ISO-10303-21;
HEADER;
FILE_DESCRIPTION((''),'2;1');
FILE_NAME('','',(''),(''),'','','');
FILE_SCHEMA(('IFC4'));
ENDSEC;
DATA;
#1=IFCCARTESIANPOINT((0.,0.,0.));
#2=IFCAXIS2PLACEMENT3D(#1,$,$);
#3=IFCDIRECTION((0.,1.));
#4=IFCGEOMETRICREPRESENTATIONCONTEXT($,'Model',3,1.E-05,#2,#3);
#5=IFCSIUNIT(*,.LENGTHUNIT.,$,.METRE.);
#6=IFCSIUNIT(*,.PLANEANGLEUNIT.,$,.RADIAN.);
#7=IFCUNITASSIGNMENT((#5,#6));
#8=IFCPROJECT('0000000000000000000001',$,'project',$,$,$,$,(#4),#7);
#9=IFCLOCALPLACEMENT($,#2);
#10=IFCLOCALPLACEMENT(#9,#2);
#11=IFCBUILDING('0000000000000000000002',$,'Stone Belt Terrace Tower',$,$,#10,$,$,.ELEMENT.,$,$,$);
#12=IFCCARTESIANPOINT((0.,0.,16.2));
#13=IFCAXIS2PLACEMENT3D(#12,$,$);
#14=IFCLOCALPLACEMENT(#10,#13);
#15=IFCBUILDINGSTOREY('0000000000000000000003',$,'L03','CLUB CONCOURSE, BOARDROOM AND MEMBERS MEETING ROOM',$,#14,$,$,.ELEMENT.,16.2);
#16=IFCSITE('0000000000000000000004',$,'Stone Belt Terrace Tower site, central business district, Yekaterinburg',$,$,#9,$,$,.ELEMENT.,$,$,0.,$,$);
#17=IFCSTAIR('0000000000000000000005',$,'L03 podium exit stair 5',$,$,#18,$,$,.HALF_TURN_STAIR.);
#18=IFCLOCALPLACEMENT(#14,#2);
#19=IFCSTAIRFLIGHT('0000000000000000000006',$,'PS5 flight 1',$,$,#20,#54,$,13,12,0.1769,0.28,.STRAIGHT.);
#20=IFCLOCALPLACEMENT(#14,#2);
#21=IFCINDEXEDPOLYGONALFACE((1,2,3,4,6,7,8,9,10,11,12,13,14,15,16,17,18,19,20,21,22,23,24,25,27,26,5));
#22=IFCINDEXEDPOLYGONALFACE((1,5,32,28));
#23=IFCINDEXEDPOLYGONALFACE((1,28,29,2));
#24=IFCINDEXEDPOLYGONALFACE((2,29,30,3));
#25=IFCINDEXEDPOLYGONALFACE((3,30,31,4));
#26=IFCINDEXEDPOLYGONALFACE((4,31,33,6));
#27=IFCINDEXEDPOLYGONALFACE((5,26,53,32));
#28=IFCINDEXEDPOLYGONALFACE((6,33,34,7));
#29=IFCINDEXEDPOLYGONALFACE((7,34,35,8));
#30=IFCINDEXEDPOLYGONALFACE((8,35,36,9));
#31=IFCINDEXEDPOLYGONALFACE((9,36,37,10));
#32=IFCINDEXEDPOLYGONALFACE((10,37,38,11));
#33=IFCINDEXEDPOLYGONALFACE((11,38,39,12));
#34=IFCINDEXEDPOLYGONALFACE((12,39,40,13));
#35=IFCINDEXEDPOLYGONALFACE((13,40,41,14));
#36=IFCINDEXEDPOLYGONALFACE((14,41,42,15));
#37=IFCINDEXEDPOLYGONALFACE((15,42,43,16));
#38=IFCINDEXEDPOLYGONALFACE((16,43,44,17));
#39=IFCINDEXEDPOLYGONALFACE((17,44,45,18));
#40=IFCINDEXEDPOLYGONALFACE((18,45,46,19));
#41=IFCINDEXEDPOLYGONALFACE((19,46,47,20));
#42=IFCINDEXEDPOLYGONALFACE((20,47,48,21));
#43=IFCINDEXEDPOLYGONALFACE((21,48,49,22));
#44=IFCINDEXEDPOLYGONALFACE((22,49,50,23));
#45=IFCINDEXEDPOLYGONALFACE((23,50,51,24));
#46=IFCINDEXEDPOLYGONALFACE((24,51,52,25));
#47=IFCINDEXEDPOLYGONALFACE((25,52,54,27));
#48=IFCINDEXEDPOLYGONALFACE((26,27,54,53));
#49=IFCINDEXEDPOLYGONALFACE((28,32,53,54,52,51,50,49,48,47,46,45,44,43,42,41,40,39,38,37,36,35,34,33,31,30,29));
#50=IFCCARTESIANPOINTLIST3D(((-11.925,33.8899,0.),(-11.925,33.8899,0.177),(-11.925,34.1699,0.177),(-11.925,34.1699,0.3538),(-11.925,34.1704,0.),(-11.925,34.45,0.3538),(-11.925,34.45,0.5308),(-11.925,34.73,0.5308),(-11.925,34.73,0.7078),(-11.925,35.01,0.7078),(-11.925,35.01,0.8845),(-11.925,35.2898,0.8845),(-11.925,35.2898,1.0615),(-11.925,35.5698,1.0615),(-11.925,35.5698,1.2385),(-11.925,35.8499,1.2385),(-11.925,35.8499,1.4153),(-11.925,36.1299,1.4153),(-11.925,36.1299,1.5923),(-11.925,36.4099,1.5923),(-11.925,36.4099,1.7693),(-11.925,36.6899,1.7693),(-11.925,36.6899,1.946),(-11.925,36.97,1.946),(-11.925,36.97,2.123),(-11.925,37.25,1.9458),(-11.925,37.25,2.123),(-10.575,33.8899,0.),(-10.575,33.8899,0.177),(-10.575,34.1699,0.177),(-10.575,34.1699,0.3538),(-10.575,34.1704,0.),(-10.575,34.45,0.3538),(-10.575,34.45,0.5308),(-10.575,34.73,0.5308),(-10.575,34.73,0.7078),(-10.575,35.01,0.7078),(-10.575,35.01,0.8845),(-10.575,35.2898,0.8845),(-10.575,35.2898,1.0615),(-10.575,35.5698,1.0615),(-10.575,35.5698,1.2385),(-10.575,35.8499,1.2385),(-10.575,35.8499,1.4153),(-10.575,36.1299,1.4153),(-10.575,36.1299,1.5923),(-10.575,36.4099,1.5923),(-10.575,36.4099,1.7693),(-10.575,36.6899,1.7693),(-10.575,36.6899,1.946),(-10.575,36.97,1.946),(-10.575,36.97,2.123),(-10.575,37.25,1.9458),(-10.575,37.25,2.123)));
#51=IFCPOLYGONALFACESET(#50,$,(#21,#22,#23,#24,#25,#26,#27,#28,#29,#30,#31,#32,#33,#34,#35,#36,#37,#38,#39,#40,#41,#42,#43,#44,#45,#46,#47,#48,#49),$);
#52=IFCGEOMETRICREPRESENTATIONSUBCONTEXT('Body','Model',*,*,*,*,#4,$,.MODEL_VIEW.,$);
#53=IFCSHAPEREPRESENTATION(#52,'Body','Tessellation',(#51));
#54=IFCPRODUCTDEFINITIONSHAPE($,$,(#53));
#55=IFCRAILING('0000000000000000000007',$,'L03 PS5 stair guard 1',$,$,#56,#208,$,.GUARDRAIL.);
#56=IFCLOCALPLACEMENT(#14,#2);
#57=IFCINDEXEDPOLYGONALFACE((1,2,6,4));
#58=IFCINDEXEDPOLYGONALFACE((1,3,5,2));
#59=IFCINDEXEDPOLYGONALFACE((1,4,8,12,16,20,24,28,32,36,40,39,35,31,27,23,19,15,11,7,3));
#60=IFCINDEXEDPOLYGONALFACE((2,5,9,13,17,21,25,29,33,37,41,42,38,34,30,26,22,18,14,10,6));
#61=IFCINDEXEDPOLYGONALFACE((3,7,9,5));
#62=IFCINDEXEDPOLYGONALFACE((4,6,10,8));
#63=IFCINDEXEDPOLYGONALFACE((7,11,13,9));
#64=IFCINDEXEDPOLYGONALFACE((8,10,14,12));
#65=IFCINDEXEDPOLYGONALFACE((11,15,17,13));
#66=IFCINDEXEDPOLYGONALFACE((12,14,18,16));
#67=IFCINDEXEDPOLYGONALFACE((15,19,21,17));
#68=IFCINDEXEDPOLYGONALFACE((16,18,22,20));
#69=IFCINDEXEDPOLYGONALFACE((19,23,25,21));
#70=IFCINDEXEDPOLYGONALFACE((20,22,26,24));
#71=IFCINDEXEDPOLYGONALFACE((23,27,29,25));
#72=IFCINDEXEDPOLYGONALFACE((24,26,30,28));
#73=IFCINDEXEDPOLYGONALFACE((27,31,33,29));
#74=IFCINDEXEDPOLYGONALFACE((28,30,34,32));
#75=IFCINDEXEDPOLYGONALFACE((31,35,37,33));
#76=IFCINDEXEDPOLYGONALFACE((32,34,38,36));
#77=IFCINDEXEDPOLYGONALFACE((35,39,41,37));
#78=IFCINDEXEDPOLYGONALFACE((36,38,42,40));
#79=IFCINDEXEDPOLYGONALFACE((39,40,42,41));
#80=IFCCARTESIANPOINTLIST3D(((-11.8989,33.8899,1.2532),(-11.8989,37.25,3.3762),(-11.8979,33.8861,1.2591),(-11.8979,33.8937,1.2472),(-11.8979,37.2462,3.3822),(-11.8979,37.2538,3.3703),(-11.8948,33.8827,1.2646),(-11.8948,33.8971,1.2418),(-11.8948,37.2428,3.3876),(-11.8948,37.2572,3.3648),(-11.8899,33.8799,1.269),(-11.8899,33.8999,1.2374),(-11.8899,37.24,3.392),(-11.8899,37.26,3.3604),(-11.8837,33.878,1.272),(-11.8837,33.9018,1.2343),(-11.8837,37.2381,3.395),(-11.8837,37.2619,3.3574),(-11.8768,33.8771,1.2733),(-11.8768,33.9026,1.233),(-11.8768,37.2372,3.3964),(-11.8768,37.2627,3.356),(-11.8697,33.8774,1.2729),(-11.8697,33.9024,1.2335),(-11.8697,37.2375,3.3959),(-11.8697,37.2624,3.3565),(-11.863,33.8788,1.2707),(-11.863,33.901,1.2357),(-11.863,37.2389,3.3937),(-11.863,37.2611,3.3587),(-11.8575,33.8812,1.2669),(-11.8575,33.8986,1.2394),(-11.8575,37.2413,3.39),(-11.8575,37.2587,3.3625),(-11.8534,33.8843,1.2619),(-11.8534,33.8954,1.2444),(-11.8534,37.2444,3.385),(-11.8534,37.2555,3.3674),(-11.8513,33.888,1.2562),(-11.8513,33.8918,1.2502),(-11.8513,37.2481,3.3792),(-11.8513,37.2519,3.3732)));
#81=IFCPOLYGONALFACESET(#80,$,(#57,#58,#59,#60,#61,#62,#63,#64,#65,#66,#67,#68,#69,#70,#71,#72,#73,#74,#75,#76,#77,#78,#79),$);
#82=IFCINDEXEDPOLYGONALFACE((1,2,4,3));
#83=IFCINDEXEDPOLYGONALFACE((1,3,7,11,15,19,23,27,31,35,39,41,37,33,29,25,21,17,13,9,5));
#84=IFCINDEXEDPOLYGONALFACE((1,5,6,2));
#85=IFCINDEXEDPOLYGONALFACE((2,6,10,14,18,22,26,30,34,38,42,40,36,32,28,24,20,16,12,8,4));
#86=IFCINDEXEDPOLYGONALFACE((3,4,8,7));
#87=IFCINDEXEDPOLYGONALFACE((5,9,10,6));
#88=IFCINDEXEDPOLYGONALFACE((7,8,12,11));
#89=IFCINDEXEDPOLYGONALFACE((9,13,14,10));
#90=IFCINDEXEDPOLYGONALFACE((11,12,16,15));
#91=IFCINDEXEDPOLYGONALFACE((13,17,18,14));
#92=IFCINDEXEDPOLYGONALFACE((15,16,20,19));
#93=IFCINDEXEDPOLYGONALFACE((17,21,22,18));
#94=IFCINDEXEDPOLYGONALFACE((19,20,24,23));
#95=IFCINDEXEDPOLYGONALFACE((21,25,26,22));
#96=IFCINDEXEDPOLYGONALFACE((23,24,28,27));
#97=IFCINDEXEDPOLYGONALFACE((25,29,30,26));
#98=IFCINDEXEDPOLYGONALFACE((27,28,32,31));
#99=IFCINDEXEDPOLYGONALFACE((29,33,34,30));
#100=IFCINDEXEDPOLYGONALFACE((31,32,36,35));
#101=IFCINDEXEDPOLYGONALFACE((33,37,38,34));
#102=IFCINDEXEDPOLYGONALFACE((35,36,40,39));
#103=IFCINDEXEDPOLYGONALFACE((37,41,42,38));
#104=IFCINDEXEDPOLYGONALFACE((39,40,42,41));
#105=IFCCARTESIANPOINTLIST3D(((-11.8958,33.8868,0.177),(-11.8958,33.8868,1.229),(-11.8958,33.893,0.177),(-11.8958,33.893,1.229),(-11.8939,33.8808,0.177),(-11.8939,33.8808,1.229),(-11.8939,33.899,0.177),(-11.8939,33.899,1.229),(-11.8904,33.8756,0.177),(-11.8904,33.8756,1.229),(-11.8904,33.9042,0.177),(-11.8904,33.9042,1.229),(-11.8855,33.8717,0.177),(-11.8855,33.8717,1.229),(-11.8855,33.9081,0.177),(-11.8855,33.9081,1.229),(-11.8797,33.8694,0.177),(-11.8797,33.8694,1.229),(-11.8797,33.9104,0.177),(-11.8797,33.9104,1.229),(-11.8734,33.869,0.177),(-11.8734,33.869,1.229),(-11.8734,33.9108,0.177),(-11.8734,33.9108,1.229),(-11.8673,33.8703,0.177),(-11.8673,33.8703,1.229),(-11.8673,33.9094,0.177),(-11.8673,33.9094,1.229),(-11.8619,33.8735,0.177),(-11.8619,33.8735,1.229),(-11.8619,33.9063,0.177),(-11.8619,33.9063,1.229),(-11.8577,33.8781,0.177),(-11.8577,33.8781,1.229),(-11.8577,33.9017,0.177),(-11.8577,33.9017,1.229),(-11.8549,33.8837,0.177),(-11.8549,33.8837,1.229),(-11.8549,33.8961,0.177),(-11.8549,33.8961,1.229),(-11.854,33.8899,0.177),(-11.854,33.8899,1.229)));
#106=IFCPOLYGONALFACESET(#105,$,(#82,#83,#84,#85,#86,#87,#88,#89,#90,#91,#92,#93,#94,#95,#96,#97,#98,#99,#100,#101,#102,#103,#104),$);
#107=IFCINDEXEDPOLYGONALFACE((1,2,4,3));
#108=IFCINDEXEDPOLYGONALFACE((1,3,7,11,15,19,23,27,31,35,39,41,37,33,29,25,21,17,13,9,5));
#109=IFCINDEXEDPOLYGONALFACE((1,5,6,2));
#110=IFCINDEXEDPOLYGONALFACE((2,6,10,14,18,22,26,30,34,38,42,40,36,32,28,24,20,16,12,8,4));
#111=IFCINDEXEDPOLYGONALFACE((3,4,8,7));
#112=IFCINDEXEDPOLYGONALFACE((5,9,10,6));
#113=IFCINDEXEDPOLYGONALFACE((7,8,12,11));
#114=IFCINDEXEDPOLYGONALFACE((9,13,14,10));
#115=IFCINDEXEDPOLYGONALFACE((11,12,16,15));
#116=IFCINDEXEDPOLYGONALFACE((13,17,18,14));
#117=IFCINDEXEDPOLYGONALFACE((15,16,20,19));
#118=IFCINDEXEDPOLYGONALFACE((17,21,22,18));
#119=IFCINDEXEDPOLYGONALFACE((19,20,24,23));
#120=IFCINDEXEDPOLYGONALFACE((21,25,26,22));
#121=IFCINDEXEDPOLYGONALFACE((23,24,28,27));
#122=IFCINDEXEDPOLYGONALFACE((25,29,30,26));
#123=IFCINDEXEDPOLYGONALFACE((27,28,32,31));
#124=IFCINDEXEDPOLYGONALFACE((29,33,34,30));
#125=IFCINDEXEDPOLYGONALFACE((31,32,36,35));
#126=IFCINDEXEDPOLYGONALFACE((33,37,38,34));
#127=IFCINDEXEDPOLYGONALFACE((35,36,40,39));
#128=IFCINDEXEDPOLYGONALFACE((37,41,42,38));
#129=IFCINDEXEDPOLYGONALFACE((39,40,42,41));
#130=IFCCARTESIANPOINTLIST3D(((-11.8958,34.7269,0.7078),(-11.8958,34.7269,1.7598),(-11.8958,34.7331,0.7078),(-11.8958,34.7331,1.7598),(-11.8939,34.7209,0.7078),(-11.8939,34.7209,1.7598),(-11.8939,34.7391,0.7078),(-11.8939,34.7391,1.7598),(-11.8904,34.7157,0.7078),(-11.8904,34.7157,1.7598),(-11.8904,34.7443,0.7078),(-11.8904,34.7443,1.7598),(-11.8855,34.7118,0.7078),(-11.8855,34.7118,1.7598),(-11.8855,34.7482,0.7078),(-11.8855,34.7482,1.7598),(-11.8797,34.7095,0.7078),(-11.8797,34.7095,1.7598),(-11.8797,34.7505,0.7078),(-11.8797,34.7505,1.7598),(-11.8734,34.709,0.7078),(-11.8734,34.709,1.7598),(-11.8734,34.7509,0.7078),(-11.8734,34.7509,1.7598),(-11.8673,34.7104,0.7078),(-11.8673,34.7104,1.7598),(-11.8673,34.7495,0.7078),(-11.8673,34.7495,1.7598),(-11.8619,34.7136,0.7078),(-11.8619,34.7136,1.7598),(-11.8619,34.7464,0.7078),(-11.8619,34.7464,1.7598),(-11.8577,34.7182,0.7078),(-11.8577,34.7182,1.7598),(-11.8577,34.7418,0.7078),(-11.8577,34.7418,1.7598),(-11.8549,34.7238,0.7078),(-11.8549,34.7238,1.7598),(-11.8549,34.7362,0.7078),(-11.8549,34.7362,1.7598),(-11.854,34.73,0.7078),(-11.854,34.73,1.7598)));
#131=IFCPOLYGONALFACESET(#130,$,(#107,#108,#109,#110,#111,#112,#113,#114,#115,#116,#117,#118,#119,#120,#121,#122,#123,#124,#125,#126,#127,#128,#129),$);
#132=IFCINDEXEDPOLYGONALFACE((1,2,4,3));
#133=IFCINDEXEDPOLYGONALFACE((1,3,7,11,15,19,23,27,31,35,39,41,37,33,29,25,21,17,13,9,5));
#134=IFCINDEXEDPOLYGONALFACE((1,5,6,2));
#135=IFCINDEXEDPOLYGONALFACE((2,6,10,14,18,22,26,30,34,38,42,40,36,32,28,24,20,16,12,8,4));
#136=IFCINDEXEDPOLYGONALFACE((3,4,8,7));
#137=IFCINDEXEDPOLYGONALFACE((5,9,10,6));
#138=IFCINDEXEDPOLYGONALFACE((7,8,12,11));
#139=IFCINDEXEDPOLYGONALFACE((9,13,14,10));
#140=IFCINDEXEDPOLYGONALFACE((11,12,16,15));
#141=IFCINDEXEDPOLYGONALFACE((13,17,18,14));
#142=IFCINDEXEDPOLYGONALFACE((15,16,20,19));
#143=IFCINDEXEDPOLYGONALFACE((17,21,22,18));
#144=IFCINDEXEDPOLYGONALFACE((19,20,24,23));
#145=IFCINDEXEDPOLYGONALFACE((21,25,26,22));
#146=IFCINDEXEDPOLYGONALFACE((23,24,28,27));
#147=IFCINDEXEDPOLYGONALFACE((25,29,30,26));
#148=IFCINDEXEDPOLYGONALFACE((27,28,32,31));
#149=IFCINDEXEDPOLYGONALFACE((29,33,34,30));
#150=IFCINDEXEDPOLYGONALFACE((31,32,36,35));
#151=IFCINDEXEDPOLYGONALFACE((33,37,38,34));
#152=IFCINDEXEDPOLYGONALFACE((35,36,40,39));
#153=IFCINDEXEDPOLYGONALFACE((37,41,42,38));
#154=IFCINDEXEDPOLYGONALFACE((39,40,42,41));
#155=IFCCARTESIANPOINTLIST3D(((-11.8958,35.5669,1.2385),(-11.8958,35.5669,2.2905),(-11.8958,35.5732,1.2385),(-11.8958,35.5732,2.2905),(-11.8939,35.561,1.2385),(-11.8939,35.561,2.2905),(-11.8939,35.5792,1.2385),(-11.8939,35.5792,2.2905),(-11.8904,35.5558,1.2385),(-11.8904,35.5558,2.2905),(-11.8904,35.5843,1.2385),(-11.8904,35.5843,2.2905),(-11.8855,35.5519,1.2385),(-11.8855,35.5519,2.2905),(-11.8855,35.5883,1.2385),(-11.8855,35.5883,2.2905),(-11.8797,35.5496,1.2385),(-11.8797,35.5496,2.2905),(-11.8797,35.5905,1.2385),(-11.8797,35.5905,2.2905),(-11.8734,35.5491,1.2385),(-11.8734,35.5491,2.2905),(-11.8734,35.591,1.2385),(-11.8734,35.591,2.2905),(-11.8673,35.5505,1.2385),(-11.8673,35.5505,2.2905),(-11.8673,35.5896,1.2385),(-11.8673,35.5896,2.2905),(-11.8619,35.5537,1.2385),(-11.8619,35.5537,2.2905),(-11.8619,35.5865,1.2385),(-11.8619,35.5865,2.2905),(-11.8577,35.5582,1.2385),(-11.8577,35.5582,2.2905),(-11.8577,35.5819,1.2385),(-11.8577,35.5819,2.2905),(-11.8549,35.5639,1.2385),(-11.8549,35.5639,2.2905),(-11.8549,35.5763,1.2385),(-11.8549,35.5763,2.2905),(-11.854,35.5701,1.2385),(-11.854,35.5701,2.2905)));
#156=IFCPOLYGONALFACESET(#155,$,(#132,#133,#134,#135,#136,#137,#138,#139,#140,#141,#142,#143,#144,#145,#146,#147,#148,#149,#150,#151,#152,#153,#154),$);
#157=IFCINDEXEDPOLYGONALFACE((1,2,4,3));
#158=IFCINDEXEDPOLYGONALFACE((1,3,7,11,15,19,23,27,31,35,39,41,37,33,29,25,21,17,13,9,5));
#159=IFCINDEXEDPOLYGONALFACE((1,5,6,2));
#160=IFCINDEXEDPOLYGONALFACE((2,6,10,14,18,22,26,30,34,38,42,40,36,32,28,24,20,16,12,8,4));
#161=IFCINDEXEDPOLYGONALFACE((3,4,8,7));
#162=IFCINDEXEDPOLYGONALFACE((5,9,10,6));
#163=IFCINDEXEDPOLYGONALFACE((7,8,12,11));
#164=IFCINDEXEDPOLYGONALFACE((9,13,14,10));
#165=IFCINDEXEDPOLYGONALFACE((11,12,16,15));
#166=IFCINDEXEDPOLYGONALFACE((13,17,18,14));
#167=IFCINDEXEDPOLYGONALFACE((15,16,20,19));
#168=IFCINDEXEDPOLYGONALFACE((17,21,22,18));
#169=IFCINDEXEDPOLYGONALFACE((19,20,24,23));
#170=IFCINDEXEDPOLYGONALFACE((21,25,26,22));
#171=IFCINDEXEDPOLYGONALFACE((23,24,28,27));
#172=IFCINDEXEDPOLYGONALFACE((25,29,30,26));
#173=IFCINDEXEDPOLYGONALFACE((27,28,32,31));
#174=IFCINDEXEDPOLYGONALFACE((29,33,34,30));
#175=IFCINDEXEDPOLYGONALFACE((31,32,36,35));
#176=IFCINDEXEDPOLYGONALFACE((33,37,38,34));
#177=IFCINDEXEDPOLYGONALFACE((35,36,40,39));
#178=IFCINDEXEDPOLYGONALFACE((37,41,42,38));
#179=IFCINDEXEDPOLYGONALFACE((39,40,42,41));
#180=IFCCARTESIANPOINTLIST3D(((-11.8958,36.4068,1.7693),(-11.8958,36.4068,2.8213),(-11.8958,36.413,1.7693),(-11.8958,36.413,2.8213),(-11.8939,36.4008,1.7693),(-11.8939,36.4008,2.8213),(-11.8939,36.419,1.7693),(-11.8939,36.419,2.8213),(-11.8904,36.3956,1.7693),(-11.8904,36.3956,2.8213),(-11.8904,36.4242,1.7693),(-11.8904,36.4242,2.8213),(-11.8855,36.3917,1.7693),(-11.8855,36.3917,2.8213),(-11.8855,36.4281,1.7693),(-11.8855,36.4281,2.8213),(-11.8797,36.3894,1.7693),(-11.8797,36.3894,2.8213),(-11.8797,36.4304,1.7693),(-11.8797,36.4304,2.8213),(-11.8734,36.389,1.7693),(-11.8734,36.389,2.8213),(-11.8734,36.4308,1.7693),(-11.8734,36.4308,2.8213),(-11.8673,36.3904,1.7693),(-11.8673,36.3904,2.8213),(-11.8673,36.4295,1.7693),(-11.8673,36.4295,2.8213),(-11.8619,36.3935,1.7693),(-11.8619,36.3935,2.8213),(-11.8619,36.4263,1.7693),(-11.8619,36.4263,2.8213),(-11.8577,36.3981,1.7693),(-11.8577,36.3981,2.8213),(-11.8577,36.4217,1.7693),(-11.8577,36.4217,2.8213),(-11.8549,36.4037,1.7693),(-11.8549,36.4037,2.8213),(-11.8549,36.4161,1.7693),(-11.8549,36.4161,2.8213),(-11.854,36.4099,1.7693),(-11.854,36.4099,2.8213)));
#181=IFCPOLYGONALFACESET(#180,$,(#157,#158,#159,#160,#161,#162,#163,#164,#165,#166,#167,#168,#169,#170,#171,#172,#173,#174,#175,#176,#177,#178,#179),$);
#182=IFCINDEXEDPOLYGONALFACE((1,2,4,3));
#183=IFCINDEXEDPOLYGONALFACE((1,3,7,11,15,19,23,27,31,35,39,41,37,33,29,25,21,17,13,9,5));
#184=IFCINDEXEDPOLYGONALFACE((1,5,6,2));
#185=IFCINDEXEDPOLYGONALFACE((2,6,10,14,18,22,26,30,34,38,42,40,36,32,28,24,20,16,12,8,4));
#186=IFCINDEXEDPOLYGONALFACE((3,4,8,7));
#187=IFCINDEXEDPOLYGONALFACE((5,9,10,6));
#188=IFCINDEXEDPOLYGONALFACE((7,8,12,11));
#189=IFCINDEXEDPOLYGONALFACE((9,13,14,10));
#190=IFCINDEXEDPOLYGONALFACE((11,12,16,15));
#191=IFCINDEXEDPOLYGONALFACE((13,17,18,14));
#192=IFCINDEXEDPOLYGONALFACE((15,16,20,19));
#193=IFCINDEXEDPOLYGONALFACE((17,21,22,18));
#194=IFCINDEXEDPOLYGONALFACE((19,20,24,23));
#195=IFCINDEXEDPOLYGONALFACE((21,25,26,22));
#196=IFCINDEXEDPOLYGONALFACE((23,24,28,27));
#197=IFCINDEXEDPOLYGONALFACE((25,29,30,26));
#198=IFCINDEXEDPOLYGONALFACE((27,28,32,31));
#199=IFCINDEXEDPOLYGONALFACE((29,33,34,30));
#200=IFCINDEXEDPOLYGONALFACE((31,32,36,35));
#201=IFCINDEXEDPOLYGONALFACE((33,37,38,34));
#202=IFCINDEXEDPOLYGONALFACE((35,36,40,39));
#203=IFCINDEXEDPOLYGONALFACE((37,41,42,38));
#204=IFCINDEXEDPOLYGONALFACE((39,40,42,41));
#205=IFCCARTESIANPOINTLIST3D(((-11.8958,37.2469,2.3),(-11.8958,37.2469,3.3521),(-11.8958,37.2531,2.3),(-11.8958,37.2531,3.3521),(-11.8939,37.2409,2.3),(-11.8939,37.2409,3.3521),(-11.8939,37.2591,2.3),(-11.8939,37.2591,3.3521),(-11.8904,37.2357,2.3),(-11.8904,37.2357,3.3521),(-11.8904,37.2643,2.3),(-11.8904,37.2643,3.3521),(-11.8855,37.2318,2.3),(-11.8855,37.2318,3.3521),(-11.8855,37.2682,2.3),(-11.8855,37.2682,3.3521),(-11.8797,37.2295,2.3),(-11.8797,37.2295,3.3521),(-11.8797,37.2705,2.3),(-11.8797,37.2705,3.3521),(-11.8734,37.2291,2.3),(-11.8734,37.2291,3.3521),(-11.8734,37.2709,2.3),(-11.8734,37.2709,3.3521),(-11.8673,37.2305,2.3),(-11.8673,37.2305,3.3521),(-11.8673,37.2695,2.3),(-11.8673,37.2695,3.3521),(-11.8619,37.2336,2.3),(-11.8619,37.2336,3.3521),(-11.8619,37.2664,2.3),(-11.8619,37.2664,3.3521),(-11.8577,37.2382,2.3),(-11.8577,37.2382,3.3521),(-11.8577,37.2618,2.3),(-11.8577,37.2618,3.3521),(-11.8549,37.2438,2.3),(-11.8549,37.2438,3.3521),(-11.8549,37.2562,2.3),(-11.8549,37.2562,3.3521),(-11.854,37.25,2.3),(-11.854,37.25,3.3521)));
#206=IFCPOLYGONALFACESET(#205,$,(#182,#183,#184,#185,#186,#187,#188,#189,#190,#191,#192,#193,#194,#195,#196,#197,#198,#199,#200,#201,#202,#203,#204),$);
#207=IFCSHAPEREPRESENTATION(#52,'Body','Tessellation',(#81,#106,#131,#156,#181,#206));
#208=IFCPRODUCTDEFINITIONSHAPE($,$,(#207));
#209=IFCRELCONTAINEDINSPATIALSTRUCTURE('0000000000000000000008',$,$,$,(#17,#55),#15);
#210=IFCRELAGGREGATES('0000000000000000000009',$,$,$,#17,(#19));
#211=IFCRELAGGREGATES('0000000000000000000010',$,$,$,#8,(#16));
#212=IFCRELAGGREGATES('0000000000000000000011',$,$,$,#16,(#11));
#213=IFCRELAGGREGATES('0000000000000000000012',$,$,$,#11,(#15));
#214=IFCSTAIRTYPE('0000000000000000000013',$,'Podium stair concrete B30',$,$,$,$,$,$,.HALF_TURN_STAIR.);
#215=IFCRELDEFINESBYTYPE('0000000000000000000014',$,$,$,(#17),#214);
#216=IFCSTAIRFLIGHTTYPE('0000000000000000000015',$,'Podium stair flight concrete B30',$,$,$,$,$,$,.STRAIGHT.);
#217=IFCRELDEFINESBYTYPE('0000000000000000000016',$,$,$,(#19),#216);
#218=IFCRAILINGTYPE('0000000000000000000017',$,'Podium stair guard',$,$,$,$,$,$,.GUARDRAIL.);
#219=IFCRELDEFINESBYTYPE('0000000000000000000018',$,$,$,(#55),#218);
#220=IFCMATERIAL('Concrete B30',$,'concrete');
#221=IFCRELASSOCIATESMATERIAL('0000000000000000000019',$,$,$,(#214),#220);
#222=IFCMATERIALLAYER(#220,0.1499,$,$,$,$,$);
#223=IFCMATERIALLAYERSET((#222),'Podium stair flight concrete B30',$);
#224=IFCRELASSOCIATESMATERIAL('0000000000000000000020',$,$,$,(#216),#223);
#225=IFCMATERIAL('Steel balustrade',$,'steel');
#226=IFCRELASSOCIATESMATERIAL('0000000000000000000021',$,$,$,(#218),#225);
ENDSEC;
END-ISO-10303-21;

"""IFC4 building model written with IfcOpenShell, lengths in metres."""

from ifc_helpers import new_model, si_unit, direction, frame, origin, origin_2d, place, context, subcontext, project, spatial, polyline, circle, outline, extrude, material, layer, layer_set, type_object, element, aggregate, save


model = new_model("IFC4")

# Units and contexts
model_context = context("Model", 3, precision=1e-05, world=origin(), true_north=direction((0.0, 1.0)))
body_context = subcontext(model_context, "Body", "Model", "MODEL_VIEW")
ifc_project = project(units=[si_unit("LENGTHUNIT", "METRE"), si_unit("PLANEANGLEUNIT", "RADIAN")], contexts=[model_context])

# Site, building, storey
site_placement = place(None, origin())
site = spatial("IfcSite", under=ifc_project, at=site_placement, Name="Stone Belt Terrace Tower site, central business district, Yekaterinburg", CompositionType="ELEMENT", RefElevation=0.0)
building_placement = place(site_placement, origin())
building = spatial("IfcBuilding", under=site, at=building_placement, Name="Stone Belt Terrace Tower", CompositionType="ELEMENT")
storey_placement = place(building_placement, frame((0.0, 0.0, 16.2)))
storey = spatial("IfcBuildingStorey", under=building, at=storey_placement, Name="L03", Description="CLUB CONCOURSE, BOARDROOM AND MEMBERS MEETING ROOM", CompositionType="ELEMENT", Elevation=16.2)

# Shared definitions
ifc_material_1 = material(Name="Concrete B30", Category="concrete")

# Stair, stair flight
stair_type = type_object("IfcStairType", Name="Podium stair concrete B30", PredefinedType="HALF_TURN_STAIR", material=ifc_material_1)
stair_placement = place(storey_placement, origin())
stair = element("IfcStair", 1, at=stair_placement, inside=storey, type_object=stair_type, Name="L03 podium exit stair 5", PredefinedType="HALF_TURN_STAIR")
ifc_layer_1 = layer(ifc_material_1, 0.1499)
ifc_layer_set_1 = layer_set([ifc_layer_1], Name="Podium stair flight concrete B30")
stair_flight_type = type_object("IfcStairFlightType", Name="Podium stair flight concrete B30", PredefinedType="STRAIGHT", material=ifc_layer_set_1)
stair_flight_placement = place(storey_placement, frame((-11.25, 33.8899, 0.0), z_axis=(0.0, 0.0, 1.0), x_axis=(0.0, 1.0, 0.0)))
stair_flight = element("IfcStairFlight", 2, at=stair_flight_placement, type_object=stair_flight_type, Name="PS5 flight 1", NumberOfRisers=13, NumberOfTreads=12, PredefinedType="STRAIGHT", RiserHeight=0.1769, TreadLength=0.28, context=body_context, shape_type="SweptSolid", body=[
    extrude(outline(polyline([(0.0, 0.0), (0.0, 0.177), (0.28, 0.177), (0.28, 0.3538), (0.5601, 0.3538), (0.5601, 0.5308), (0.8401, 0.5308), (0.8401, 0.7078), (1.1201, 0.7078), (1.1201, 0.8845), (1.3999, 0.8845), (1.3999, 1.0615), (1.6799, 1.0615), (1.6799, 1.2385), (1.96, 1.2385), (1.96, 1.4153), (2.24, 1.4153), (2.24, 1.5923), (2.52, 1.5923), (2.52, 1.7693), (2.8, 1.7693), (2.8, 1.946), (3.0801, 1.946), (3.0801, 2.123), (3.3601, 2.123), (3.3601, 2.3), (3.3601, 1.9458), (0.2805, 0.0), (0.0, 0.0)])), frame((0.0, 0.675, 0.0), z_axis=(0.0, -1.0, 0.0), x_axis=(1.0, 0.0, 0.0)), (0.0, 0.0, 1.0), 1.3501),
])
aggregate(stair, [stair_flight])

# Railing
ifc_material_2 = material(Name="Steel balustrade", Category="steel")
railing_type = type_object("IfcRailingType", Name="Podium stair guard", PredefinedType="GUARDRAIL", material=ifc_material_2)
railing_1_placement = place(storey_placement, frame((-11.875, 33.8899, 0.177)))
element("IfcRailing", 3, at=railing_1_placement, inside=storey, type_object=railing_type, Name="L03 PS5 stair guard 1", PredefinedType="GUARDRAIL", context=body_context, shape_type="SweptSolid", body=[
    extrude(circle(Radius=0.0239, at=origin_2d()), frame((0.0, 0.0, 1.0762), z_axis=(0.0, 0.84539, 0.53415), x_axis=(-1.0, 0.0, 0.0)), (0.0, 0.0, 1.0), 3.9746),
    extrude(circle(Radius=0.021, at=origin_2d()), origin(), (0.0, 0.0, 1.0), 1.052),
    extrude(circle(Radius=0.021, at=origin_2d()), frame((0.0, 0.8401, 0.5308)), (0.0, 0.0, 1.0), 1.052),
    extrude(circle(Radius=0.021, at=origin_2d()), frame((0.0, 1.6802, 1.0615)), (0.0, 0.0, 1.0), 1.052),
    extrude(circle(Radius=0.021, at=origin_2d()), frame((0.0, 2.52, 1.5923)), (0.0, 0.0, 1.0), 1.052),
    extrude(circle(Radius=0.021, at=origin_2d()), frame((0.0, 3.3601, 2.123)), (0.0, 0.0, 1.0), 1.052),
])

save(model, "model.ifc")
